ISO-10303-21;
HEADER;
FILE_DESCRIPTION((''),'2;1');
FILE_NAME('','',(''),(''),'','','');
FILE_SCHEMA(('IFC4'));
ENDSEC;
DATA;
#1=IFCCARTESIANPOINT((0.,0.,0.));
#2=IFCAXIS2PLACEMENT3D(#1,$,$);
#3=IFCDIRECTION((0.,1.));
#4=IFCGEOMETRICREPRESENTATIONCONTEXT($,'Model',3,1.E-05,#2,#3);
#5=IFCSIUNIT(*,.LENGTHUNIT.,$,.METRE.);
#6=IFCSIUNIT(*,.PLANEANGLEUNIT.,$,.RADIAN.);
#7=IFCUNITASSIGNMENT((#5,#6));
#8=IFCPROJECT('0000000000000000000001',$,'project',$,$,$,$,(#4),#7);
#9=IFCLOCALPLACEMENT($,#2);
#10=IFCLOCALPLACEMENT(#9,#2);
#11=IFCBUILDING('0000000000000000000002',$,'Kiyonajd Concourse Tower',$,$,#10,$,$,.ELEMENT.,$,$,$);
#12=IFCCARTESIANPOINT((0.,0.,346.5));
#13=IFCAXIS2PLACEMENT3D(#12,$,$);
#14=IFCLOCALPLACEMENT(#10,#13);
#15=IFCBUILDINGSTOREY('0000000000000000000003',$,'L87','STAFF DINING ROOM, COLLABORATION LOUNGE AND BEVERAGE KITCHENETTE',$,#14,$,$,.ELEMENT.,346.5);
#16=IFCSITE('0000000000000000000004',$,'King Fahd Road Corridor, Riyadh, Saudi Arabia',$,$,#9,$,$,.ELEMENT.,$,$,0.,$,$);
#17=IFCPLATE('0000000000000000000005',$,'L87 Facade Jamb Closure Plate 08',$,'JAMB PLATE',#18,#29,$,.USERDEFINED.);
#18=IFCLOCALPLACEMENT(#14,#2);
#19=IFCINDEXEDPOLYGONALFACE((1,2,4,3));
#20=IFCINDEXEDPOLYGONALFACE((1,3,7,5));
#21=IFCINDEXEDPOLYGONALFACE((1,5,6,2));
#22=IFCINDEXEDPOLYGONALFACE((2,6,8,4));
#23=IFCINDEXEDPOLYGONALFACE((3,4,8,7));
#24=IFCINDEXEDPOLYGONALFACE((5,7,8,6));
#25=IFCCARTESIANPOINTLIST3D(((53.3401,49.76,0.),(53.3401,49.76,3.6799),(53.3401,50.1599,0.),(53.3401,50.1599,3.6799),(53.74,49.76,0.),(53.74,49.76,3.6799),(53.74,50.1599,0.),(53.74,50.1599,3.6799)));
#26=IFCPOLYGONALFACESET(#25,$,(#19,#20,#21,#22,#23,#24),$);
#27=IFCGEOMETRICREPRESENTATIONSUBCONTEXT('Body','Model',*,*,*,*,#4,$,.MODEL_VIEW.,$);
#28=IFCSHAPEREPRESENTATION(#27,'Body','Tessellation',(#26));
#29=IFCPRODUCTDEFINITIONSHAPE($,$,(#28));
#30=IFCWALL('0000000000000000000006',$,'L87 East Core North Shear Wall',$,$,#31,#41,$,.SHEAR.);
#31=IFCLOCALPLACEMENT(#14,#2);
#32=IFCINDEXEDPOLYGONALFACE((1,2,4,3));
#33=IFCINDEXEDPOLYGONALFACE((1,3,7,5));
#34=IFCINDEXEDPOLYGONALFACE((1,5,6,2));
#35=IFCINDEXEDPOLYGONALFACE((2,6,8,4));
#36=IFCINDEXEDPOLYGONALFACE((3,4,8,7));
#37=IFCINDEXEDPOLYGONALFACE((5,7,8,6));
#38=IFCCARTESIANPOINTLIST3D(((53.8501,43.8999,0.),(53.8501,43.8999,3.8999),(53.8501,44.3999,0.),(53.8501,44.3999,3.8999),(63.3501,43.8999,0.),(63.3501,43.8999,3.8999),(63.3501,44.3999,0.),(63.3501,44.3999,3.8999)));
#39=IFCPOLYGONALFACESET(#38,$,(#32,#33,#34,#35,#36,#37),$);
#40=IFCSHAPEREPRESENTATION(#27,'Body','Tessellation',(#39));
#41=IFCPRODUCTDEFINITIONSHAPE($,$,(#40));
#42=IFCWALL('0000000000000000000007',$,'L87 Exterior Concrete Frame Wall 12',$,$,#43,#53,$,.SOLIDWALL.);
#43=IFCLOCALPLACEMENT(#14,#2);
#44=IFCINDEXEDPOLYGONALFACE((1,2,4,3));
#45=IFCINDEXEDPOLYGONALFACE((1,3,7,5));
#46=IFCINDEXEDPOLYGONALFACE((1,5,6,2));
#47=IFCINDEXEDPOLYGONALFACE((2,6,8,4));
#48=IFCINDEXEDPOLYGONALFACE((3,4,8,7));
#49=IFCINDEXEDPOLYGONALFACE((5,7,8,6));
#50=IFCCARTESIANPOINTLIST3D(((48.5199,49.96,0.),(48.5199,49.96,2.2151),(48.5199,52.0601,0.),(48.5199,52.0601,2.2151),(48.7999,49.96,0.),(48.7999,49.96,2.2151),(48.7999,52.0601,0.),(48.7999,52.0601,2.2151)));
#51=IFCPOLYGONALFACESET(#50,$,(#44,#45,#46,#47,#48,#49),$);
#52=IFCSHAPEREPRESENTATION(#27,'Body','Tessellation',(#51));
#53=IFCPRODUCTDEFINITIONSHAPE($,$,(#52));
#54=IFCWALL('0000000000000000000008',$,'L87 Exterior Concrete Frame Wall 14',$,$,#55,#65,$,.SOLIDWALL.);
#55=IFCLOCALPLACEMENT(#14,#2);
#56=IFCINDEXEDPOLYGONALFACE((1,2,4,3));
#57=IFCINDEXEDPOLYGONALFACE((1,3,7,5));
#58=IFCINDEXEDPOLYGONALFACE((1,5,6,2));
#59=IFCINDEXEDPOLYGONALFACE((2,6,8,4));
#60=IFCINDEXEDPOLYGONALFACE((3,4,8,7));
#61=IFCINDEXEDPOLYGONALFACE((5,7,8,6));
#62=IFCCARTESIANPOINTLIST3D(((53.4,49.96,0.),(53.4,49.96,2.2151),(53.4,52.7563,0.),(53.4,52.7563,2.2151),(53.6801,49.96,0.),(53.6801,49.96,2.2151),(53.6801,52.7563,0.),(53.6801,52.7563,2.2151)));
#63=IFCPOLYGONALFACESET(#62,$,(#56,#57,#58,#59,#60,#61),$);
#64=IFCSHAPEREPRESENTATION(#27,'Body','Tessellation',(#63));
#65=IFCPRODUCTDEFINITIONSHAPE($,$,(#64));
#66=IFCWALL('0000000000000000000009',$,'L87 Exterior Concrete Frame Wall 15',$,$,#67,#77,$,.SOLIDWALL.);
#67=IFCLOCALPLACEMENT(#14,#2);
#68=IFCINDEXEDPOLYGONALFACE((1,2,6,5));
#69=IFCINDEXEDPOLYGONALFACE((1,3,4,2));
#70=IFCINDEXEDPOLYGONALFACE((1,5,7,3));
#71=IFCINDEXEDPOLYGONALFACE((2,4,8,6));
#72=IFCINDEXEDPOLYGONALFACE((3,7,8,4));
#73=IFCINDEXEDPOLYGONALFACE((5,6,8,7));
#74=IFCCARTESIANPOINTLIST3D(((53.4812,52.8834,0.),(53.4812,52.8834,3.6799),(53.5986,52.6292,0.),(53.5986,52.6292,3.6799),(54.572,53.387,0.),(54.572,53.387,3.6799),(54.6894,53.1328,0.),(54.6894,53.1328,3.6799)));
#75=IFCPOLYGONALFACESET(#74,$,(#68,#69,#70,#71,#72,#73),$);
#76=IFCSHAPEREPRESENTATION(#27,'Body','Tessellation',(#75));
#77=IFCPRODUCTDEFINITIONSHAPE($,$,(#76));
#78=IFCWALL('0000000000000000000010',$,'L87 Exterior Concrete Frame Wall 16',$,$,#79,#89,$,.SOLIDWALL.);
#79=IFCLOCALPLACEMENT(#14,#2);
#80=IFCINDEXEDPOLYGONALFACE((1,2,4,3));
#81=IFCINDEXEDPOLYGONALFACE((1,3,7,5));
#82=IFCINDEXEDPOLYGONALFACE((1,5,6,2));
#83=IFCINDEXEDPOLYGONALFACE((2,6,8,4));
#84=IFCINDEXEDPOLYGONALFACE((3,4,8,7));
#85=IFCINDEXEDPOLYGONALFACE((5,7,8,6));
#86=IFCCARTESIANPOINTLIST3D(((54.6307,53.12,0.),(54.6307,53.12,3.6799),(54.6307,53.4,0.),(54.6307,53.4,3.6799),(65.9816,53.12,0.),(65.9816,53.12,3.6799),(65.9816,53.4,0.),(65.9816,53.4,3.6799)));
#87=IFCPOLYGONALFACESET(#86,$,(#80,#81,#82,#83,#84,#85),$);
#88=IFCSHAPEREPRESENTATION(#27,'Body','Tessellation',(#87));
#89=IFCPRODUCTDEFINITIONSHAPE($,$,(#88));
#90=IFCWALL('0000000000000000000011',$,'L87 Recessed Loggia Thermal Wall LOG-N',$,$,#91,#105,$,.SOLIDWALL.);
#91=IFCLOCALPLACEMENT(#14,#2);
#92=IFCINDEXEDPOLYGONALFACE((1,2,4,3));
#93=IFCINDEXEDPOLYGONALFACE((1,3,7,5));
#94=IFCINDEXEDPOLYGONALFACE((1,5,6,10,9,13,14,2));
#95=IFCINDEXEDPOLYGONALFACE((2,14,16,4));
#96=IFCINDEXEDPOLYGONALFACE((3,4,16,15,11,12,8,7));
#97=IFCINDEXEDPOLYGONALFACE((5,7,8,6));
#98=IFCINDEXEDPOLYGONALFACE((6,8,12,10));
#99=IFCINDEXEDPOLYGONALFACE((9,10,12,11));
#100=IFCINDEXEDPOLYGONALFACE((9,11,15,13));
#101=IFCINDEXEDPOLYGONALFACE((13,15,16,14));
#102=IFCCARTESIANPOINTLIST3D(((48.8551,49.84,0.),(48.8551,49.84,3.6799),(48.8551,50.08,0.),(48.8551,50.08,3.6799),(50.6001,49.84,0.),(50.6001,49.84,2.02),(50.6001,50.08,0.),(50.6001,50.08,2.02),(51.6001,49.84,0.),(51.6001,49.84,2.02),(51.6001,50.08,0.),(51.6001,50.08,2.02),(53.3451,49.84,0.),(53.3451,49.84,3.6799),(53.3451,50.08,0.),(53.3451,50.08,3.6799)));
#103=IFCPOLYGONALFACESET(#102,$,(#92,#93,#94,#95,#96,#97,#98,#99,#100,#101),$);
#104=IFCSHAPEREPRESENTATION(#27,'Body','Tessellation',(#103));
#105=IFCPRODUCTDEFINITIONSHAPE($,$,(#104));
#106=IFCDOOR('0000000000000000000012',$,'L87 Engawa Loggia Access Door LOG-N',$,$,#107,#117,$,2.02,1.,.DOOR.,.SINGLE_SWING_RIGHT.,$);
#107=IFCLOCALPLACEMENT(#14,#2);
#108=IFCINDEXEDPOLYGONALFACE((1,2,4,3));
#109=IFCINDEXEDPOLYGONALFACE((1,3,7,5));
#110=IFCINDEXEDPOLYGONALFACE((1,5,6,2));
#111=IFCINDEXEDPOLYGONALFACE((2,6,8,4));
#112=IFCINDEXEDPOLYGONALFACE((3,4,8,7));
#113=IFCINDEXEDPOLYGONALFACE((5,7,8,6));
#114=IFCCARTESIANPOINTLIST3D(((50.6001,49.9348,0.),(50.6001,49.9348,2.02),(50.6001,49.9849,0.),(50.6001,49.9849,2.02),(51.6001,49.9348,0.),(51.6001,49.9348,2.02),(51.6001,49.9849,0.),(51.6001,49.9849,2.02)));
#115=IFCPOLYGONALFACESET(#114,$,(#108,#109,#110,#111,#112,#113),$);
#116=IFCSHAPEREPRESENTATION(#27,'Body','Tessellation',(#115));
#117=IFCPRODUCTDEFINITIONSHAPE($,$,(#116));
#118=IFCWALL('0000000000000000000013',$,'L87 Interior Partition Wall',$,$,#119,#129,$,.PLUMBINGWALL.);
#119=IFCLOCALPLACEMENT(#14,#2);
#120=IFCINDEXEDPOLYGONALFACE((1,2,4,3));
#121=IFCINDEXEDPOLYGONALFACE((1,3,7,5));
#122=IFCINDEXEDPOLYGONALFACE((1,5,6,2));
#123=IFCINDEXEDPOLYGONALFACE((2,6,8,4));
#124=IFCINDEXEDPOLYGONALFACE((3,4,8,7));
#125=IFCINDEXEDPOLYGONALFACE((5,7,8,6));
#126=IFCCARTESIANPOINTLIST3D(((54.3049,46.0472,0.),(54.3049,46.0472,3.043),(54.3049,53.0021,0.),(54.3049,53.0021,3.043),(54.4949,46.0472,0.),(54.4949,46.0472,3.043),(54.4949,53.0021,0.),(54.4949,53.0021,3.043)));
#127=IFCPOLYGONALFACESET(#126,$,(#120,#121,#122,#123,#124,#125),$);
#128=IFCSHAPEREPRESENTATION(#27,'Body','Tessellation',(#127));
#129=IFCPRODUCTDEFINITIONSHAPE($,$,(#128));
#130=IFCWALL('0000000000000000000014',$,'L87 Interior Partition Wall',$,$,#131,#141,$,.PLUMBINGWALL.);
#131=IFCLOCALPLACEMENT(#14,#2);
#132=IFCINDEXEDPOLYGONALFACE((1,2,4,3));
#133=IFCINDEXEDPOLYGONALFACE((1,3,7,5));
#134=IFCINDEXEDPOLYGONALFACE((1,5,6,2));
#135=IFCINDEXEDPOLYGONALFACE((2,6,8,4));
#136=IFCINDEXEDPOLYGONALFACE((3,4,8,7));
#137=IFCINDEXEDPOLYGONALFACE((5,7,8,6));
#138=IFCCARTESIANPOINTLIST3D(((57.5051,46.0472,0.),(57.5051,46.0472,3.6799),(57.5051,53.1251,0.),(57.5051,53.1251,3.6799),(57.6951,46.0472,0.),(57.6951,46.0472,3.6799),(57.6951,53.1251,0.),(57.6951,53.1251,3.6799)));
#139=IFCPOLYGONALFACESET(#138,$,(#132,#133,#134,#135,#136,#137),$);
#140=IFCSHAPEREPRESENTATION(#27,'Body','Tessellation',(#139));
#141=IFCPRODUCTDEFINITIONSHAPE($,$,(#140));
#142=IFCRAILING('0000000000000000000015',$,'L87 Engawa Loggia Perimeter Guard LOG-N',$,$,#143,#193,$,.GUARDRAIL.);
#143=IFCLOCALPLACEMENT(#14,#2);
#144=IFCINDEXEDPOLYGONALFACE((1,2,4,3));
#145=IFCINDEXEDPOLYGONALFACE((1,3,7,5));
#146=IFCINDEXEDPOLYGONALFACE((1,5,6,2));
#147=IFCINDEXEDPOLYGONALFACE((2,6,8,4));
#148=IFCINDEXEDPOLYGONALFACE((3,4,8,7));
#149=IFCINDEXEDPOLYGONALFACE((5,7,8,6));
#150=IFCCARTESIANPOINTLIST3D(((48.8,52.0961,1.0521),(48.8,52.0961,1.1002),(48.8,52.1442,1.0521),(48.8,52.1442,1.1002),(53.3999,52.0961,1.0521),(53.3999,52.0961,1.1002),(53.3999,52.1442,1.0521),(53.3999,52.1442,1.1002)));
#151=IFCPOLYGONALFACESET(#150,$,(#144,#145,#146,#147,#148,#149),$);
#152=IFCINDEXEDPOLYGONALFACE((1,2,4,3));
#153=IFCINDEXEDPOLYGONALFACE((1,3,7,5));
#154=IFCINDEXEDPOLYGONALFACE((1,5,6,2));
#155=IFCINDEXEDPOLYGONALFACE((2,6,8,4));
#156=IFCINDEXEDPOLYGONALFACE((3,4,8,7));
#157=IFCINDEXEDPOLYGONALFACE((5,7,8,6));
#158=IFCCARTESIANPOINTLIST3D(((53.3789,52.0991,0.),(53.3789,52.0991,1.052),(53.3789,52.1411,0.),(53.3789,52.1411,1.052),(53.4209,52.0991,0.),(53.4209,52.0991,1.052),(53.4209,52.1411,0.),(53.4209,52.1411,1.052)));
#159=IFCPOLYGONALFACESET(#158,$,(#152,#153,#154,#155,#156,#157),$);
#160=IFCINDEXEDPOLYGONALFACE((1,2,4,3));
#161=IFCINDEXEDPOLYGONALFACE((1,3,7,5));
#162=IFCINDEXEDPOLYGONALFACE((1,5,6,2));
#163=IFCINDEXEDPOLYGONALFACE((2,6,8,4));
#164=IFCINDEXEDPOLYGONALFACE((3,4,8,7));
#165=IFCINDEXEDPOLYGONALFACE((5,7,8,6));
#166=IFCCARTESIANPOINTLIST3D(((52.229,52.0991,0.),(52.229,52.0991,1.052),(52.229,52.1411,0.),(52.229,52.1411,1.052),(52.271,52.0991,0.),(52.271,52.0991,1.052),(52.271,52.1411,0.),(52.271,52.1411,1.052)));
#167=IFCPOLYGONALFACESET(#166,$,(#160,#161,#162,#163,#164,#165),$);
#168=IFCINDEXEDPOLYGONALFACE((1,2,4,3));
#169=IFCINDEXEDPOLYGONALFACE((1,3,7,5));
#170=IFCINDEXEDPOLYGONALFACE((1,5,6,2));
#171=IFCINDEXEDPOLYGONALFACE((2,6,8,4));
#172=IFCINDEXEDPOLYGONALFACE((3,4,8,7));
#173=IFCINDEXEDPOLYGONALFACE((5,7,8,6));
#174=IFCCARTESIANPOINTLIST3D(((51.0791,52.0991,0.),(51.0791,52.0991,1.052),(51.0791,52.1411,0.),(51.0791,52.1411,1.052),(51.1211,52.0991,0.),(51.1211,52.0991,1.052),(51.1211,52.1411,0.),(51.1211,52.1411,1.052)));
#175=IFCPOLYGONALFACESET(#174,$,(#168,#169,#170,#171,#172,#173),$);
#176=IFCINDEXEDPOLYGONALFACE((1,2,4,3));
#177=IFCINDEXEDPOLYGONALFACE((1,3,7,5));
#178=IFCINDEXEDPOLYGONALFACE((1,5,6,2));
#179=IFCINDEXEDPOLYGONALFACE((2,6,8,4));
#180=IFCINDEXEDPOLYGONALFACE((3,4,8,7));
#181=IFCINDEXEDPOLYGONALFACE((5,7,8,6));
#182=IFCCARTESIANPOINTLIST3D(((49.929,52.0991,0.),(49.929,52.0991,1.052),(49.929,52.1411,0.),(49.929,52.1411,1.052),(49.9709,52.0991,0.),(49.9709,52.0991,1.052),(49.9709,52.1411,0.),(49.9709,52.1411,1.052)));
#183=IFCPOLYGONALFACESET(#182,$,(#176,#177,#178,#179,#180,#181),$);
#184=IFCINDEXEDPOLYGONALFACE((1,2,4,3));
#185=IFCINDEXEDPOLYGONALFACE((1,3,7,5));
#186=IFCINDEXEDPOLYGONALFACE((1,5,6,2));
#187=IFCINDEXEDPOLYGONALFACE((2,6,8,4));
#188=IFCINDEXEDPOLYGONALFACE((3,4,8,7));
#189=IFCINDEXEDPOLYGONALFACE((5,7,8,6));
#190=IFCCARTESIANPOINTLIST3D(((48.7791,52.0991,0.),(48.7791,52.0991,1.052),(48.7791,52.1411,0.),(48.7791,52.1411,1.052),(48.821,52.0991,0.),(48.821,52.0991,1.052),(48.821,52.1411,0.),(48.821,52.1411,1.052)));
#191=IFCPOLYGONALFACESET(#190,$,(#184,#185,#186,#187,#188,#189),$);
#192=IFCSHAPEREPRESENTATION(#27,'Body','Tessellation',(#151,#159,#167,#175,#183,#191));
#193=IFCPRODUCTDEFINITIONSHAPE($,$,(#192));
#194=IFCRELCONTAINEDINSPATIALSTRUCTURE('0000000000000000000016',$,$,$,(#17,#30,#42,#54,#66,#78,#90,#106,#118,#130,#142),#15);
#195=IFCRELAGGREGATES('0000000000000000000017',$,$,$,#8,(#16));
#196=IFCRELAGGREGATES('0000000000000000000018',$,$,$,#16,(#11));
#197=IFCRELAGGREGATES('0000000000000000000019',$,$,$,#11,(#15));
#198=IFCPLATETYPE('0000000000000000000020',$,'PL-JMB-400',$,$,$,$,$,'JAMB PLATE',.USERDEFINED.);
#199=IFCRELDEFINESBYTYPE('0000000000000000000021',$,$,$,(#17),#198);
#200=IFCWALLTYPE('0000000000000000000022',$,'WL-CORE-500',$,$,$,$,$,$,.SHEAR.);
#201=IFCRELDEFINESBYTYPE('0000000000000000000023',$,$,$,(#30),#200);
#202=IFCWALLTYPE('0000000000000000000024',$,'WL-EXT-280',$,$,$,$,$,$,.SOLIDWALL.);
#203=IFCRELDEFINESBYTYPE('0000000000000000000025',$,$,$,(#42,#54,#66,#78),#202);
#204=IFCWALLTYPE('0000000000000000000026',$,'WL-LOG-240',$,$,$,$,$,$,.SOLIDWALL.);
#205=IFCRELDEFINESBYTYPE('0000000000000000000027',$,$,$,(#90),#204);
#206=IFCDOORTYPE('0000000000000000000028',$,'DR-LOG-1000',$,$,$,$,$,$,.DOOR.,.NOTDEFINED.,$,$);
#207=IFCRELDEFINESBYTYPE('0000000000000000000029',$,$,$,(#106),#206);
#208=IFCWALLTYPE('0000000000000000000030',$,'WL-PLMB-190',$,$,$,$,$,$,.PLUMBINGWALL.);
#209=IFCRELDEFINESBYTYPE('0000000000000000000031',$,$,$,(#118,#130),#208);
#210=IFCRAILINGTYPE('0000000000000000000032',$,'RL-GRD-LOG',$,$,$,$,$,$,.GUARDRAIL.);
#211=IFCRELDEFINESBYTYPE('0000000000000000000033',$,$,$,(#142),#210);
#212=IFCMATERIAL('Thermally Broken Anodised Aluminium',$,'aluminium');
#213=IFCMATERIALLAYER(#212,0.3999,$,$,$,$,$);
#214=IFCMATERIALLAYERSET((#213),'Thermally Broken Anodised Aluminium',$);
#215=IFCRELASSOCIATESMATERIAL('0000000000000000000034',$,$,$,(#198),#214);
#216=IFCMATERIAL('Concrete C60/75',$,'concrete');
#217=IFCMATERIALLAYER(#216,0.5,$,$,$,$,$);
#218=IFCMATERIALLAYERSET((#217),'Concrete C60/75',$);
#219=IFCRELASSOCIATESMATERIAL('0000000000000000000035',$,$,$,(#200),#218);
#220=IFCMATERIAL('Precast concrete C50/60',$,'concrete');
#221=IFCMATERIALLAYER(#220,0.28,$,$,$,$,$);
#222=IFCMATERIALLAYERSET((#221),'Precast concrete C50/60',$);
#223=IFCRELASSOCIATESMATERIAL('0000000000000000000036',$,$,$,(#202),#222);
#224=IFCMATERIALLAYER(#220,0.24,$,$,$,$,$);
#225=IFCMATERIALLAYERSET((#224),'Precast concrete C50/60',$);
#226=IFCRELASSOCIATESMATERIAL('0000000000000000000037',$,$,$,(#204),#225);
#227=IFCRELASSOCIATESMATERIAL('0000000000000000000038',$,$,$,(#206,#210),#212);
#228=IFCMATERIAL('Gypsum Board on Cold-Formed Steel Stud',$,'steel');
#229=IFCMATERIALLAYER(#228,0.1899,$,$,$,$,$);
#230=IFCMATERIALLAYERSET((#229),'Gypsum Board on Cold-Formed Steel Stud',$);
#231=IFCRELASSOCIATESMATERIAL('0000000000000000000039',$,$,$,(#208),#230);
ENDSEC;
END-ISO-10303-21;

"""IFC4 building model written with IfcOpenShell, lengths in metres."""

from ifc_helpers import new_model, si_unit, direction, frame, frame_2d, origin, origin_2d, place, context, subcontext, project, spatial, rectangle, extrude, material, layer, layer_set, type_object, element, fill, save


model = new_model("IFC4")

# Units and contexts
model_context = context("Model", 3, precision=1e-05, world=origin(), true_north=direction((0.0, 1.0)))
body_context = subcontext(model_context, "Body", "Model", "MODEL_VIEW")
ifc_project = project(units=[si_unit("LENGTHUNIT", "METRE"), si_unit("PLANEANGLEUNIT", "RADIAN")], contexts=[model_context])

# Site, building, storey
site_placement = place(None, origin())
site = spatial("IfcSite", under=ifc_project, at=site_placement, Name="King Fahd Road Corridor, Riyadh, Saudi Arabia", CompositionType="ELEMENT", RefElevation=0.0)
building_placement = place(site_placement, origin())
building = spatial("IfcBuilding", under=site, at=building_placement, Name="Kiyonajd Concourse Tower", CompositionType="ELEMENT")
storey_placement = place(building_placement, frame((0.0, 0.0, 346.5)))
storey = spatial("IfcBuildingStorey", under=building, at=storey_placement, Name="L87", Description="STAFF DINING ROOM, COLLABORATION LOUNGE AND BEVERAGE KITCHENETTE", CompositionType="ELEMENT", Elevation=346.5)

# Shared definitions
ifc_material_1 = material(Name="Concrete C60/75", Category="concrete")

# Plate
ifc_material_2 = material(Name="Thermally Broken Anodised Aluminium", Category="aluminium")
ifc_layer_1 = layer(ifc_material_2, 0.3999)
ifc_layer_set_1 = layer_set([ifc_layer_1], Name="Thermally Broken Anodised Aluminium")
plate_type_1 = type_object("IfcPlateType", Name="PL-JMB-400", ElementType="JAMB PLATE", PredefinedType="USERDEFINED", material=ifc_layer_set_1)
for number, where, z_axis, x_axis, name in (
    (1, (53.54, 49.96, 0.0), (0.0, 0.0, 1.0), (1.0, 0.0, 0.0), "L87 Facade Jamb Closure Plate 08"),
):
    element("IfcPlate", number, at=place(storey_placement, frame(where, z_axis=z_axis, x_axis=x_axis)), inside=storey, type_object=plate_type_1, Name=name, ObjectType="JAMB PLATE", PredefinedType="USERDEFINED", context=body_context, shape_type="SweptSolid", body=[
        extrude(rectangle(XDim=0.3999, YDim=0.3999, at=origin_2d()), origin(), (0.0, 0.0, 1.0), 3.6799),
    ])

# Walls
ifc_layer_2 = layer(ifc_material_1, 0.5)
ifc_layer_set_2 = layer_set([ifc_layer_2], Name="Concrete C60/75")
wall_type_1 = type_object("IfcWallType", Name="WL-CORE-500", PredefinedType="SHEAR", material=ifc_layer_set_2)
wall_1_placement = place(storey_placement, frame((53.8501, 44.1499, 0.0), z_axis=(0.0, 0.0, 1.0), x_axis=(1.0, 0.0, 0.0)))
element("IfcWall", 2, at=wall_1_placement, inside=storey, type_object=wall_type_1, Name="L87 East Core North Shear Wall", PredefinedType="SHEAR", context=body_context, shape_type="SweptSolid", body=[
    extrude(rectangle(XDim=9.5, YDim=0.5, at=frame_2d((4.75, 0.0))), origin(), (0.0, 0.0, 1.0), 3.8999),
])
ifc_material_3 = material(Name="Precast concrete C50/60", Category="concrete")
ifc_layer_3 = layer(ifc_material_3, 0.28)
ifc_layer_set_3 = layer_set([ifc_layer_3], Name="Precast concrete C50/60")
wall_type_2 = type_object("IfcWallType", Name="WL-EXT-280", PredefinedType="SOLIDWALL", material=ifc_layer_set_3)
wall_2_placement = place(storey_placement, frame((48.6599, 52.0601, 0.0), z_axis=(0.0, 0.0, 1.0), x_axis=(0.0, -1.0, 0.0)))
element("IfcWall", 3, at=wall_2_placement, inside=storey, type_object=wall_type_2, Name="L87 Exterior Concrete Frame Wall 12", PredefinedType="SOLIDWALL", context=body_context, shape_type="SweptSolid", body=[
    extrude(rectangle(XDim=2.1001, YDim=0.28, at=frame_2d((1.05, 0.0))), origin(), (0.0, 0.0, 1.0), 2.2151),
])
wall_3_placement = place(storey_placement, frame((53.54, 49.96, 0.0), z_axis=(0.0, 0.0, 1.0), x_axis=(0.0, 1.0, 0.0)))
element("IfcWall", 4, at=wall_3_placement, inside=storey, type_object=wall_type_2, Name="L87 Exterior Concrete Frame Wall 14", PredefinedType="SOLIDWALL", context=body_context, shape_type="SweptSolid", body=[
    extrude(rectangle(XDim=2.7964, YDim=0.28, at=frame_2d((1.3982, 0.0))), origin(), (0.0, 0.0, 1.0), 2.2151),
])
wall_4_placement = place(storey_placement, frame((53.54, 52.7563, 0.0), z_axis=(0.0, 0.0, 1.0), x_axis=(0.907894, 0.4192, 0.0)))
element("IfcWall", 5, at=wall_4_placement, inside=storey, type_object=wall_type_2, Name="L87 Exterior Concrete Frame Wall 15", PredefinedType="SOLIDWALL", context=body_context, shape_type="SweptSolid", body=[
    extrude(rectangle(XDim=1.2014, YDim=0.28, at=frame_2d((0.6006, 0.0))), origin(), (0.0, 0.0, 1.0), 3.6799),
])
wall_5_placement = place(storey_placement, frame((54.6309, 53.26, 0.0), z_axis=(0.0, 0.0, 1.0), x_axis=(1.0, 0.0, 0.0)))
element("IfcWall", 6, at=wall_5_placement, inside=storey, type_object=wall_type_2, Name="L87 Exterior Concrete Frame Wall 16", PredefinedType="SOLIDWALL", context=body_context, shape_type="SweptSolid", body=[
    extrude(rectangle(XDim=11.3508, YDim=0.28, at=frame_2d((5.6753, 0.0))), origin(), (0.0, 0.0, 1.0), 3.6799),
])

# Wall, opening, door
ifc_layer_4 = layer(ifc_material_3, 0.24)
ifc_layer_set_4 = layer_set([ifc_layer_4], Name="Precast concrete C50/60")
wall_type_3 = type_object("IfcWallType", Name="WL-LOG-240", PredefinedType="SOLIDWALL", material=ifc_layer_set_4)
wall_6_placement = place(storey_placement, frame((48.855, 49.96, 0.0), z_axis=(0.0, 0.0, 1.0), x_axis=(1.0, 0.0, 0.0)))
wall_6 = element("IfcWall", 7, at=wall_6_placement, inside=storey, type_object=wall_type_3, Name="L87 Recessed Loggia Thermal Wall LOG-N", PredefinedType="SOLIDWALL", context=body_context, shape_type="SweptSolid", body=[
    extrude(rectangle(XDim=4.49, YDim=0.24, at=frame_2d((2.2451, 0.0))), origin(), (0.0, 0.0, 1.0), 3.6799),
])
opening_placement = place(wall_6_placement, frame((1.7451, 0.0, 0.0)))
opening = element("IfcOpeningElement", 8, at=opening_placement, cuts=wall_6, PredefinedType="OPENING", context=body_context, shape_type="SweptSolid", body=[
    extrude(rectangle(XDim=1.0, YDim=2.02, at=frame_2d((0.5, 1.01))), frame((0.0, 0.1299, 0.0), z_axis=(0.0, -1.0, 0.0), x_axis=(1.0, 0.0, 0.0)), (0.0, 0.0, 1.0), 0.26),
])
door_type = type_object("IfcDoorType", Name="DR-LOG-1000", OperationType="NOTDEFINED", PredefinedType="DOOR", material=ifc_material_2)
door_placement = place(opening_placement, origin())
door = element("IfcDoor", 9, at=door_placement, inside=storey, type_object=door_type, Name="L87 Engawa Loggia Access Door LOG-N", OperationType="SINGLE_SWING_RIGHT", OverallHeight=2.02, OverallWidth=1.0, PredefinedType="DOOR", context=body_context, shape_type="SweptSolid", body=[
    extrude(rectangle(XDim=1.0, YDim=2.02, at=frame_2d((0.5, 1.01))), frame((0.0, 0.0249, 0.0), z_axis=(0.0, -1.0, 0.0), x_axis=(1.0, 0.0, 0.0)), (0.0, 0.0, 1.0), 0.05),
])
fill(opening, door)

# Walls
ifc_material_4 = material(Name="Gypsum Board on Cold-Formed Steel Stud", Category="steel")
ifc_layer_5 = layer(ifc_material_4, 0.1899)
ifc_layer_set_5 = layer_set([ifc_layer_5], Name="Gypsum Board on Cold-Formed Steel Stud")
wall_type_4 = type_object("IfcWallType", Name="WL-PLMB-190", PredefinedType="PLUMBINGWALL", material=ifc_layer_set_5)
wall_7_placement = place(storey_placement, frame((54.3999, 46.0471, 0.0), z_axis=(0.0, 0.0, 1.0), x_axis=(0.0, 1.0, 0.0)))
element("IfcWall", 10, at=wall_7_placement, inside=storey, type_object=wall_type_4, Name="L87 Interior Partition Wall", PredefinedType="PLUMBINGWALL", context=body_context, shape_type="SweptSolid", body=[
    extrude(rectangle(XDim=6.9548, YDim=0.1899, at=frame_2d((3.4775, 0.0))), origin(), (0.0, 0.0, 1.0), 3.043),
])
wall_8_placement = place(storey_placement, frame((57.6001, 46.0471, 0.0), z_axis=(0.0, 0.0, 1.0), x_axis=(0.0, 1.0, 0.0)))
element("IfcWall", 11, at=wall_8_placement, inside=storey, type_object=wall_type_4, Name="L87 Interior Partition Wall", PredefinedType="PLUMBINGWALL", context=body_context, shape_type="SweptSolid", body=[
    extrude(rectangle(XDim=7.0779, YDim=0.1899, at=frame_2d((3.5391, 0.0))), origin(), (0.0, 0.0, 1.0), 3.6799),
])

# Railing
railing_type = type_object("IfcRailingType", Name="RL-GRD-LOG", PredefinedType="GUARDRAIL", material=ifc_material_2)
railing_placement = place(storey_placement, frame((53.3999, 52.1201, 0.0)))
element("IfcRailing", 12, at=railing_placement, inside=storey, type_object=railing_type, Name="L87 Engawa Loggia Perimeter Guard LOG-N", PredefinedType="GUARDRAIL", context=body_context, shape_type="SweptSolid", body=[
    extrude(rectangle(XDim=0.0481, YDim=0.0481, at=origin_2d()), frame((0.0, 0.0, 1.0762), z_axis=(-1.0, 0.0, 0.0), x_axis=(0.0, -1.0, 0.0)), (0.0, 0.0, 1.0), 4.5999),
    extrude(rectangle(XDim=0.042, YDim=0.042, at=origin_2d()), origin(), (0.0, 0.0, 1.0), 1.052),
    extrude(rectangle(XDim=0.042, YDim=0.042, at=origin_2d()), frame((-1.1499, 0.0, 0.0)), (0.0, 0.0, 1.0), 1.052),
    extrude(rectangle(XDim=0.042, YDim=0.042, at=origin_2d()), frame((-2.2998, 0.0, 0.0)), (0.0, 0.0, 1.0), 1.052),
    extrude(rectangle(XDim=0.042, YDim=0.042, at=origin_2d()), frame((-3.45, 0.0, 0.0)), (0.0, 0.0, 1.0), 1.052),
    extrude(rectangle(XDim=0.042, YDim=0.042, at=origin_2d()), frame((-4.5999, 0.0, 0.0)), (0.0, 0.0, 1.0), 1.052),
])

save(model, "model.ifc")
